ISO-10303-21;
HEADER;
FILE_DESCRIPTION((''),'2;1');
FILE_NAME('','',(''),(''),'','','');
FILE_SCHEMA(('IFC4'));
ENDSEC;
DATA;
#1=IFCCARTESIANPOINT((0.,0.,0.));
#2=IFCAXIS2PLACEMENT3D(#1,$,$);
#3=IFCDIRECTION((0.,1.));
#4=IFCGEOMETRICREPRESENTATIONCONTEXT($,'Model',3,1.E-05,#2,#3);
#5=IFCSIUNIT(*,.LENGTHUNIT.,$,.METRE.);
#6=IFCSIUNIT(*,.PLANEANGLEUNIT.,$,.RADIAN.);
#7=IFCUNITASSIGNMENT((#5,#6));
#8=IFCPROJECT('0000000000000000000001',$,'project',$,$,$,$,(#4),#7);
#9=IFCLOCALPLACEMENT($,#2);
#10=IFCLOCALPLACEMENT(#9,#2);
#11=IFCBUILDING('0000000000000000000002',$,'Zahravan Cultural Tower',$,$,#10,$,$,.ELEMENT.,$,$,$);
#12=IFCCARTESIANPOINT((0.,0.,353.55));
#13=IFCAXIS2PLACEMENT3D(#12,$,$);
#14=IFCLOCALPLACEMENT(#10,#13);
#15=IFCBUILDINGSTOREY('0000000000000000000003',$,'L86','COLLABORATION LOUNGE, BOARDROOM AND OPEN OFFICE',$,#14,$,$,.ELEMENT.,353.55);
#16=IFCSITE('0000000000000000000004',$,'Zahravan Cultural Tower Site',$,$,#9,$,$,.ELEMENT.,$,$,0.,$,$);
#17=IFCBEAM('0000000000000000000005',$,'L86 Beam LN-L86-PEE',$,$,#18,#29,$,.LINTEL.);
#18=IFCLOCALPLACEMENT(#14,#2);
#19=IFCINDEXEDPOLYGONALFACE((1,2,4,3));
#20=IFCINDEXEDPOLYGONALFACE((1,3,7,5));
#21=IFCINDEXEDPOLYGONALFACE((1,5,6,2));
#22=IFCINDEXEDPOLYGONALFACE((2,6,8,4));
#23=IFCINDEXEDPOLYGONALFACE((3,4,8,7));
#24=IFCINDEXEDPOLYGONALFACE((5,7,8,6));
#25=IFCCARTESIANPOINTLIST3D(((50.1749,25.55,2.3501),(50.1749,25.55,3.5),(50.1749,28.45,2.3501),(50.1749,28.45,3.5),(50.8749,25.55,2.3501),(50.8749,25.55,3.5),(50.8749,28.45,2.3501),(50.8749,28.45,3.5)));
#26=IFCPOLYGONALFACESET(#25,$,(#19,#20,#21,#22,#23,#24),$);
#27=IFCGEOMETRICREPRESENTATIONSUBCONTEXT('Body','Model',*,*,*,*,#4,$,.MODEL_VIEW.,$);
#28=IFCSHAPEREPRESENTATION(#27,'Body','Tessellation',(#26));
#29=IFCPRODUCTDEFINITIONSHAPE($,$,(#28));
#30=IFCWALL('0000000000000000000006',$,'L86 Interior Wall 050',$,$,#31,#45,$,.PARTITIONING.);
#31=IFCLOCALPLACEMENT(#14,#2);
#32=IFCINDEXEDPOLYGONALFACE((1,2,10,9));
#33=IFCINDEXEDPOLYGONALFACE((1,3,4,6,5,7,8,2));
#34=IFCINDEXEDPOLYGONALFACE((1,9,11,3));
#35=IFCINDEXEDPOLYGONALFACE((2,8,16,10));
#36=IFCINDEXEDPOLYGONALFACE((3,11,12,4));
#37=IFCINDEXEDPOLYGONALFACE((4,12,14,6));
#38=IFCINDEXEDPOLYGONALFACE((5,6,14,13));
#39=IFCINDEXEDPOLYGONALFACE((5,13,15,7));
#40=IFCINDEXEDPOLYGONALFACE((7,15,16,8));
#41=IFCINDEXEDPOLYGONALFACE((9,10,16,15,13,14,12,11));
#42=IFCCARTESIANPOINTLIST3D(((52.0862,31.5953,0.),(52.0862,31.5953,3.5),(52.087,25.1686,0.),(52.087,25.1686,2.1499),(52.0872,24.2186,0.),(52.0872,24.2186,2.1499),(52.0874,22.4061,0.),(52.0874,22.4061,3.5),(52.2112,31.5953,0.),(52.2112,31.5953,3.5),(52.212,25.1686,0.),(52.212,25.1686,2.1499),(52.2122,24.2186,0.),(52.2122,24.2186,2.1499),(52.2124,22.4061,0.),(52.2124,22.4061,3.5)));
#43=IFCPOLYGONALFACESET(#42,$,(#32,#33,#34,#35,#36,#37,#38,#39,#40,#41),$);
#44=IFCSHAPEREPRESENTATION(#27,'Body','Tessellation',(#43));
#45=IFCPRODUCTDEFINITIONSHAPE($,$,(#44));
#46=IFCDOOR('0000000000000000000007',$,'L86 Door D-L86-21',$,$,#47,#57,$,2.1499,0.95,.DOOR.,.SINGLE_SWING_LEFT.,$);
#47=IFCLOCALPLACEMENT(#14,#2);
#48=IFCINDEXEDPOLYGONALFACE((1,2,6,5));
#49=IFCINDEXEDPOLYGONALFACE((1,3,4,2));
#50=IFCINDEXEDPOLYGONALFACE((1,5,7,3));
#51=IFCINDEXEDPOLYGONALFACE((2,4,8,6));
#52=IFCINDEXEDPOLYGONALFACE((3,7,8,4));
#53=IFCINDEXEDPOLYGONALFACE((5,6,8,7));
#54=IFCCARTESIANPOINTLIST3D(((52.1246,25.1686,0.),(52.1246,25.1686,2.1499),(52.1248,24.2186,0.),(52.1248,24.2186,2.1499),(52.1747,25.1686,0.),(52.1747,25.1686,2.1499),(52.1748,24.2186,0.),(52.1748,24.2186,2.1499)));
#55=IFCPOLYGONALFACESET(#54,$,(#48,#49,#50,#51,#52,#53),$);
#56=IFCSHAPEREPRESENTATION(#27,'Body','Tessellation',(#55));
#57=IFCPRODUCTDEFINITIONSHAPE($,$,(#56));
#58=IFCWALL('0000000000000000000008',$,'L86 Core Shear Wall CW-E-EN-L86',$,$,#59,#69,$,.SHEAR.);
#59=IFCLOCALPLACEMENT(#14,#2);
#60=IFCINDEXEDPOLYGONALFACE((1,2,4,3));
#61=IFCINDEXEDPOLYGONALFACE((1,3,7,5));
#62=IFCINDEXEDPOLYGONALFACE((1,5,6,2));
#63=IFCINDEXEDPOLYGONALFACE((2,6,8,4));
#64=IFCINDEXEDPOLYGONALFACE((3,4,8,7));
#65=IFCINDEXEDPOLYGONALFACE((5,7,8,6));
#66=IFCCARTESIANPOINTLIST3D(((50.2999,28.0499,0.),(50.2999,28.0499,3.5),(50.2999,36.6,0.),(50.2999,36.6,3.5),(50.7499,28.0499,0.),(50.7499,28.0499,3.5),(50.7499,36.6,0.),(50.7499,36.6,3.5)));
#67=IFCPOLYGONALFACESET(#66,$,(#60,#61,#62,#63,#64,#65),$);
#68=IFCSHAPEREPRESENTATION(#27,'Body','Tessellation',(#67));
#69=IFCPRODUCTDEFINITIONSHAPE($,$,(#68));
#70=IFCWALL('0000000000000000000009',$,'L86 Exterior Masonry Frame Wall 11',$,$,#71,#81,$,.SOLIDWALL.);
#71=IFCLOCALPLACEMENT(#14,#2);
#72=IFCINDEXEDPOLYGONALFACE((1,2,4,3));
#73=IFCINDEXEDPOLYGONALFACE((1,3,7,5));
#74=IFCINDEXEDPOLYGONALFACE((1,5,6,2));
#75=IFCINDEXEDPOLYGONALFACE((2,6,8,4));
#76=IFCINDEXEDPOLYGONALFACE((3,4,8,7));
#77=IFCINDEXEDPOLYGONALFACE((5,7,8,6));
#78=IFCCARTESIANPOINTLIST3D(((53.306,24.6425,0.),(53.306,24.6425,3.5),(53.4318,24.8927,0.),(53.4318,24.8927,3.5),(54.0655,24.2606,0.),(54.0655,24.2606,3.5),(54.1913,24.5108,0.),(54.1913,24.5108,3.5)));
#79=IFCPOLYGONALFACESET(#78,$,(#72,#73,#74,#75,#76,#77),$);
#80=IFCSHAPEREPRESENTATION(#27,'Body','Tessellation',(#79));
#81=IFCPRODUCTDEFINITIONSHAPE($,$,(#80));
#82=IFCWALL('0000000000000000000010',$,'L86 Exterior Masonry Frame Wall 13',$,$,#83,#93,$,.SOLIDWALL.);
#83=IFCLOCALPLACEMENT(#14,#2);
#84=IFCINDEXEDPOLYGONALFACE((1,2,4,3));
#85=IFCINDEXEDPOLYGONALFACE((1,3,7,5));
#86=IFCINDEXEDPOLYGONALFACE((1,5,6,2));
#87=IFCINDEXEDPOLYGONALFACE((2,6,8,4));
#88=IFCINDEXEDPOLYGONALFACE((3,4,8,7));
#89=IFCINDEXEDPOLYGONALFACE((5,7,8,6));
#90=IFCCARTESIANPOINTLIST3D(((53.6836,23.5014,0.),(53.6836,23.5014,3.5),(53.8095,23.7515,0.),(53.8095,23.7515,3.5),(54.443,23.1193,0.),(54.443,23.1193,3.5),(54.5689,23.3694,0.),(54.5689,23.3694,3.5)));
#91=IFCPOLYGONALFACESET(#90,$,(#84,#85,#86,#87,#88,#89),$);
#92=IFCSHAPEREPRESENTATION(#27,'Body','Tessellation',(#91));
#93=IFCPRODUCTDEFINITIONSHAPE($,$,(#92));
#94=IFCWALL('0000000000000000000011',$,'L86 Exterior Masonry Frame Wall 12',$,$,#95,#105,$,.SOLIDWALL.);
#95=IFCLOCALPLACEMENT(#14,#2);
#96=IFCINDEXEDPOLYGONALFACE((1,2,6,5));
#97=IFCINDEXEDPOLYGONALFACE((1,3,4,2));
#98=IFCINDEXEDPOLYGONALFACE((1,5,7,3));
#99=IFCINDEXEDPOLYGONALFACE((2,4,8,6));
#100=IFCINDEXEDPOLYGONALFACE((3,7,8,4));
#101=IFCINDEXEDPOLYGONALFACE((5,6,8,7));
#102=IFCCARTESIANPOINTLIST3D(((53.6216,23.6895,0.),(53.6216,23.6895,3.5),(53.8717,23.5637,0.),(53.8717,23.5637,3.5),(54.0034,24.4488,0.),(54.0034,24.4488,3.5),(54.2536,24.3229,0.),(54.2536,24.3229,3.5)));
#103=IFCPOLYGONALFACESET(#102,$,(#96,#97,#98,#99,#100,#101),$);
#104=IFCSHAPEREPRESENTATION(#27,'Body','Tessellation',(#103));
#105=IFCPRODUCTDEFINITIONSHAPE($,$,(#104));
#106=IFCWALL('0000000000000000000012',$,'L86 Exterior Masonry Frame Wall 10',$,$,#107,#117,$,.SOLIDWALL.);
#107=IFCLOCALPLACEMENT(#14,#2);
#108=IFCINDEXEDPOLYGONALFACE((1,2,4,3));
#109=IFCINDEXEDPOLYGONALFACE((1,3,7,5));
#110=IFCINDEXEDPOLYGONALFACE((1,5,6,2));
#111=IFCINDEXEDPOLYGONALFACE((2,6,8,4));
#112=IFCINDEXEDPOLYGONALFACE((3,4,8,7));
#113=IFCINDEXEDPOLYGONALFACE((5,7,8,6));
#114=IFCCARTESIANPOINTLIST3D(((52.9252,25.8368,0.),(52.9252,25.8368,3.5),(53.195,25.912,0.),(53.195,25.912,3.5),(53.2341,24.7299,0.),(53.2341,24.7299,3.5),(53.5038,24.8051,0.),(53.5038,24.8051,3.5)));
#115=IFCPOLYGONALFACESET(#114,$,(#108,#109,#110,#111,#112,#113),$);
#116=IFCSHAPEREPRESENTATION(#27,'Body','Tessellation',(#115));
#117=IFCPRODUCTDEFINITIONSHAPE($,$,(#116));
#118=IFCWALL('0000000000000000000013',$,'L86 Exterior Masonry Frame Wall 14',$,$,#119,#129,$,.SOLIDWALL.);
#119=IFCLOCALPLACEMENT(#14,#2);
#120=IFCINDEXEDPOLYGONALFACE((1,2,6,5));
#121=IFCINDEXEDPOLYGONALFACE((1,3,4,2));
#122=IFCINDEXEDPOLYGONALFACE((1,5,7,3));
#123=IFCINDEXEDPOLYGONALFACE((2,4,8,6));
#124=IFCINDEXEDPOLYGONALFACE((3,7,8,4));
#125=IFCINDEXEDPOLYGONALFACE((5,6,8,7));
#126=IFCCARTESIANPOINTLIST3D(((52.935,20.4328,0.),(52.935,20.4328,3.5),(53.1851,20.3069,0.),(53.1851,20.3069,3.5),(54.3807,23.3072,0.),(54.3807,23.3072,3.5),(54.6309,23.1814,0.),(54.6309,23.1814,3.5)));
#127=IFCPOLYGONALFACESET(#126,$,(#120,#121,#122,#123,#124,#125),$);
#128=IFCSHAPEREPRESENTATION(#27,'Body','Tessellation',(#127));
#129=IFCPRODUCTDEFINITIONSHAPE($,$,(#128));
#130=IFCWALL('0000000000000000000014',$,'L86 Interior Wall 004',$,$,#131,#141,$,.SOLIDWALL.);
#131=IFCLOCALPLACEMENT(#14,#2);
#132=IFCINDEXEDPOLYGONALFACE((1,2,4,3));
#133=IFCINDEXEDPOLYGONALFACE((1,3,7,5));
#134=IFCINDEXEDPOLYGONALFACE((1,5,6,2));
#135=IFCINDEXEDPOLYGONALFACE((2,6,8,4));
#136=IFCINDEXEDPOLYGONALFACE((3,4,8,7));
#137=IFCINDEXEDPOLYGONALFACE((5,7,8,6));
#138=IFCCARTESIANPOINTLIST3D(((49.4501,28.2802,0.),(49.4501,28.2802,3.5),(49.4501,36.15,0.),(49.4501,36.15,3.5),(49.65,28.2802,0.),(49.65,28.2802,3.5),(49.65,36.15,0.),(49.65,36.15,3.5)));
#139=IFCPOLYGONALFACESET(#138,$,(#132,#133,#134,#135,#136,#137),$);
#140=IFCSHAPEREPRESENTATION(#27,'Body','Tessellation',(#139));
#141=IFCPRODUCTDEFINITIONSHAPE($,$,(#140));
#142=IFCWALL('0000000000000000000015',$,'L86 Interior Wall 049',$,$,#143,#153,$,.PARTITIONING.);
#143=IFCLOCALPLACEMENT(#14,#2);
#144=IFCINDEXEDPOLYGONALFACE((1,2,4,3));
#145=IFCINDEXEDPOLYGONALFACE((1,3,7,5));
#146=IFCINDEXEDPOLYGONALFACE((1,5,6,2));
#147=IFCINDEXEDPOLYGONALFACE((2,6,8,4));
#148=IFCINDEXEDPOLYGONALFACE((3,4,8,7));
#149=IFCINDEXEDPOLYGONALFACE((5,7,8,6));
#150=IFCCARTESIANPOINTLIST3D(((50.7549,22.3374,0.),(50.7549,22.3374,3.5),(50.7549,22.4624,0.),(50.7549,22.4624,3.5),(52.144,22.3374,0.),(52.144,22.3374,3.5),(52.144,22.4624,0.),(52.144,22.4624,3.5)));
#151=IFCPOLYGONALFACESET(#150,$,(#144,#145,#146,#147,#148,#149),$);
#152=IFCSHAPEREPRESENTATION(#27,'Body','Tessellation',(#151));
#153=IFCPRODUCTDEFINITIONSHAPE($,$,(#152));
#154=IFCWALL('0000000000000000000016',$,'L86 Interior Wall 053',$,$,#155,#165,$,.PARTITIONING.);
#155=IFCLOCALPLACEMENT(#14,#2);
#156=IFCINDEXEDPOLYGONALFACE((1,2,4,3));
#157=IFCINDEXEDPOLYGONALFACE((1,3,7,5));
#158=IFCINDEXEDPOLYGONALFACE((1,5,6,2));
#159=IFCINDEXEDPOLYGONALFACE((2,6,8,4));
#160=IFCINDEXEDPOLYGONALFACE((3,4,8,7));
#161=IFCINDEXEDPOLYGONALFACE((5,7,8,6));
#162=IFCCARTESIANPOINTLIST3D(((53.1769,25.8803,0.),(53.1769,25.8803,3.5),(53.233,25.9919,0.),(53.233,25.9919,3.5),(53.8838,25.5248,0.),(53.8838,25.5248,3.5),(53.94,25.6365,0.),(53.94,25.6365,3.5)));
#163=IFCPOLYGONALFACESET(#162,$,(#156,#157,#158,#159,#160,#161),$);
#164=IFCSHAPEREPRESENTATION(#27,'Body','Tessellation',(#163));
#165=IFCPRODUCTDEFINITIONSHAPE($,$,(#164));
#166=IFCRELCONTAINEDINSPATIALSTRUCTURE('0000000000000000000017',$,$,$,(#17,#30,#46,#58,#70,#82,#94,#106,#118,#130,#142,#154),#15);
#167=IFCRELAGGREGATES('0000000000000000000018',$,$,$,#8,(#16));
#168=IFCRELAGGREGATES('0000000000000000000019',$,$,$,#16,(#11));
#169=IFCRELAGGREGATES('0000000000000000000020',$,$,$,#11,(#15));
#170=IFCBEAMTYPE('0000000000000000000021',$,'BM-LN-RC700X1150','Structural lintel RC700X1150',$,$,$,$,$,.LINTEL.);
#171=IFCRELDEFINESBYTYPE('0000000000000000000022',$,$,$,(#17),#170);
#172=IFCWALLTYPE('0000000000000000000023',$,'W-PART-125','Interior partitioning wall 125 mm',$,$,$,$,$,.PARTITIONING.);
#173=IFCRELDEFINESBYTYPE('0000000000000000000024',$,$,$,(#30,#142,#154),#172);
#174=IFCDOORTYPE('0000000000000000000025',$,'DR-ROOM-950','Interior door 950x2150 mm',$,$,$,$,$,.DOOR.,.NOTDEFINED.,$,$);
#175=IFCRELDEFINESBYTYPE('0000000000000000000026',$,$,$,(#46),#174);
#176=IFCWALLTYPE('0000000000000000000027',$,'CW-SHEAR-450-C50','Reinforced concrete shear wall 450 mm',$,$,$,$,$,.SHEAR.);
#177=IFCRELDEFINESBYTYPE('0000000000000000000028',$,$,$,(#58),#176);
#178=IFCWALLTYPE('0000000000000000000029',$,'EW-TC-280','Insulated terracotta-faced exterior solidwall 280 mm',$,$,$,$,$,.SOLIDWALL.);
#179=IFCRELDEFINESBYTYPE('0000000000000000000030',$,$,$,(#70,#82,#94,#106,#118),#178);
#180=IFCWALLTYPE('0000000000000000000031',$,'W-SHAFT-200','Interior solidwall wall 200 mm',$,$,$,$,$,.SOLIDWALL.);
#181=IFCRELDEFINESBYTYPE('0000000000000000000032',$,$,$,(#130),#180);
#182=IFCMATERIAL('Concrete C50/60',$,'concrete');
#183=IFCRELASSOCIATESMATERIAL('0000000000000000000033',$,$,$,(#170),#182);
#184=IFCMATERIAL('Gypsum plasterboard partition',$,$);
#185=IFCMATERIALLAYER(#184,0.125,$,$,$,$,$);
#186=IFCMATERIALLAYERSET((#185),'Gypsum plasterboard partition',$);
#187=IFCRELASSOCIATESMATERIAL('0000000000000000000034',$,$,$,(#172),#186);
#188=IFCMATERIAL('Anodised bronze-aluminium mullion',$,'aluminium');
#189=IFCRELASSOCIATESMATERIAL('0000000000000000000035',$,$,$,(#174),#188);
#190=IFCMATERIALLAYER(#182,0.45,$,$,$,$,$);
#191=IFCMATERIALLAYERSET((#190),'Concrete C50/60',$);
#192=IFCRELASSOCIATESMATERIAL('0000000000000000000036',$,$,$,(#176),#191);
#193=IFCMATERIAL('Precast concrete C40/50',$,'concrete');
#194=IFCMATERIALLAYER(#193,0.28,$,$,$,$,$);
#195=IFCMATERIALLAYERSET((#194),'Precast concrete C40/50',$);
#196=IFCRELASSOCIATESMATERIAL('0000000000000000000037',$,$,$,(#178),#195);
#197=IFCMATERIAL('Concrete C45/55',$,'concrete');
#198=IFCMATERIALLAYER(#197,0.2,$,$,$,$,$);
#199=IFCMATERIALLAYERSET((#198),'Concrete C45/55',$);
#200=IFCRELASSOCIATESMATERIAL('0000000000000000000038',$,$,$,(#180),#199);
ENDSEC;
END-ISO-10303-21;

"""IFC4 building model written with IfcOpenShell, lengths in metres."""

from ifc_helpers import new_model, si_unit, direction, frame, frame_2d, origin, origin_2d, place, context, subcontext, project, spatial, rectangle, extrude, source, transform, mapped, material, layer, layer_set, material_profile, profile_set, type_object, element, fill, save


model = new_model("IFC4")

# Units and contexts
model_context = context("Model", 3, precision=1e-05, world=origin(), true_north=direction((0.0, 1.0)))
body_context = subcontext(model_context, "Body", "Model", "MODEL_VIEW")
ifc_project = project(units=[si_unit("LENGTHUNIT", "METRE"), si_unit("PLANEANGLEUNIT", "RADIAN")], contexts=[model_context])

# Site, building, storey
site_placement = place(None, origin())
site = spatial("IfcSite", under=ifc_project, at=site_placement, Name="Zahravan Cultural Tower Site", CompositionType="ELEMENT", RefElevation=0.0)
building_placement = place(site_placement, origin())
building = spatial("IfcBuilding", under=site, at=building_placement, Name="Zahravan Cultural Tower", CompositionType="ELEMENT")
storey_placement = place(building_placement, frame((0.0, 0.0, 353.55)))
storey = spatial("IfcBuildingStorey", under=building, at=storey_placement, Name="L86", Description="COLLABORATION LOUNGE, BOARDROOM AND OPEN OFFICE", CompositionType="ELEMENT", Elevation=353.55)

# Beam
ifc_material_1 = material(Name="Concrete C50/60", Category="concrete")
ifc_material_profile = material_profile(ifc_material_1, rectangle(XDim=0.7, YDim=1.1499, at=origin_2d()), Name="RC700X1150")
ifc_profile_set = profile_set([ifc_material_profile], Name="Concrete C50/60")
beam_type = type_object("IfcBeamType", Name="BM-LN-RC700X1150", Description="Structural lintel RC700X1150", PredefinedType="LINTEL", material=ifc_profile_set)
shared_shape_1 = source(origin(), body_context, "Body", "SweptSolid", [
    extrude(rectangle(XDim=0.7, YDim=1.1499, at=origin_2d()), origin(), (0.0, 0.0, 1.0), 2.8999),
])
beam_placement = place(storey_placement, frame((50.5249, 25.55, 2.925), z_axis=(0.0, 1.0, 0.0), x_axis=(-1.0, 0.0, 0.0)))
element("IfcBeam", 1, at=beam_placement, inside=storey, type_object=beam_type, Name="L86 Beam LN-L86-PEE", PredefinedType="LINTEL", context=body_context, shape_type="MappedRepresentation", body=[
    mapped(shared_shape_1, transform((0.0, 0.0, 0.0), x_axis=(1.0, 0.0, 0.0), y_axis=(0.0, 1.0, 0.0), z_axis=(0.0, 0.0, 1.0), scale=1.0)),
])

# Wall, opening, door
ifc_material_2 = material(Name="Gypsum plasterboard partition")
ifc_layer_1 = layer(ifc_material_2, 0.125)
ifc_layer_set_1 = layer_set([ifc_layer_1], Name="Gypsum plasterboard partition")
wall_type_1 = type_object("IfcWallType", Name="W-PART-125", Description="Interior partitioning wall 125 mm", PredefinedType="PARTITIONING", material=ifc_layer_set_1)
wall_1_placement = place(storey_placement, frame((52.1499, 22.406, 0.0), z_axis=(0.0, 0.0, 1.0), x_axis=(-0.000133, 1.0, 0.0)))
wall_1 = element("IfcWall", 2, at=wall_1_placement, inside=storey, type_object=wall_type_1, Name="L86 Interior Wall 050", PredefinedType="PARTITIONING", context=body_context, shape_type="SweptSolid", body=[
    extrude(rectangle(XDim=9.1892, YDim=0.125, at=frame_2d((4.5947, 0.0))), origin(), (0.0, 0.0, 1.0), 3.5),
])
opening_placement = place(wall_1_placement, frame((1.8125, 0.0, 0.0)))
opening = element("IfcOpeningElement", 3, at=opening_placement, cuts=wall_1, PredefinedType="OPENING", context=body_context, shape_type="SweptSolid", body=[
    extrude(rectangle(XDim=0.95, YDim=2.1499, at=frame_2d((0.4751, 1.075))), frame((0.0, 0.0725, 0.0), z_axis=(0.0, -1.0, 0.0), x_axis=(1.0, 0.0, 0.0)), (0.0, 0.0, 1.0), 0.145),
])
ifc_material_3 = material(Name="Anodised bronze-aluminium mullion", Category="aluminium")
door_type = type_object("IfcDoorType", Name="DR-ROOM-950", Description="Interior door 950x2150 mm", OperationType="NOTDEFINED", PredefinedType="DOOR", material=ifc_material_3)
shared_shape_2 = source(origin(), body_context, "Body", "SweptSolid", [
    extrude(rectangle(XDim=0.95, YDim=2.1499, at=frame_2d((0.4751, 1.075))), frame((0.0, 0.0249, 0.0), z_axis=(0.0, -1.0, 0.0), x_axis=(1.0, 0.0, 0.0)), (0.0, 0.0, 1.0), 0.05),
])
door_placement = place(opening_placement, origin())
door = element("IfcDoor", 4, at=door_placement, inside=storey, type_object=door_type, Name="L86 Door D-L86-21", OperationType="SINGLE_SWING_LEFT", OverallHeight=2.1499, OverallWidth=0.95, PredefinedType="DOOR", context=body_context, shape_type="MappedRepresentation", body=[
    mapped(shared_shape_2, transform((0.0, 0.0, 0.0), x_axis=(1.0, 0.0, 0.0), y_axis=(0.0, 1.0, 0.0), z_axis=(0.0, 0.0, 1.0), scale=1.0)),
])
fill(opening, door)

# Walls
ifc_layer_2 = layer(ifc_material_1, 0.45)
ifc_layer_set_2 = layer_set([ifc_layer_2], Name="Concrete C50/60")
wall_type_2 = type_object("IfcWallType", Name="CW-SHEAR-450-C50", Description="Reinforced concrete shear wall 450 mm", PredefinedType="SHEAR", material=ifc_layer_set_2)
shared_shape_3 = source(origin(), body_context, "Body", "SweptSolid", [
    extrude(rectangle(XDim=8.55, YDim=0.45, at=frame_2d((4.2749, 0.0))), origin(), (0.0, 0.0, 1.0), 3.5),
])
wall_2_placement = place(storey_placement, frame((50.5249, 28.05, 0.0), z_axis=(0.0, 0.0, 1.0), x_axis=(0.0, 1.0, 0.0)))
element("IfcWall", 5, at=wall_2_placement, inside=storey, type_object=wall_type_2, Name="L86 Core Shear Wall CW-E-EN-L86", PredefinedType="SHEAR", context=body_context, shape_type="MappedRepresentation", body=[
    mapped(shared_shape_3, transform((0.0, 0.0, 0.0), x_axis=(1.0, 0.0, 0.0), y_axis=(0.0, 1.0, 0.0), z_axis=(0.0, 0.0, 1.0), scale=1.0)),
])
ifc_material_4 = material(Name="Precast concrete C40/50", Category="concrete")
ifc_layer_3 = layer(ifc_material_4, 0.28)
ifc_layer_set_3 = layer_set([ifc_layer_3], Name="Precast concrete C40/50")
wall_type_3 = type_object("IfcWallType", Name="EW-TC-280", Description="Insulated terracotta-faced exterior solidwall 280 mm", PredefinedType="SOLIDWALL", material=ifc_layer_set_3)
shared_shape_4 = source(origin(), body_context, "Body", "SweptSolid", [
    extrude(rectangle(XDim=0.8501, YDim=0.28, at=frame_2d((0.425, 0.0))), origin(), (0.0, 0.0, 1.0), 3.5),
])
for number, where, z_axis, x_axis, name in (
    (6, (53.3689, 24.7676, 0.0), (0.0, 0.0, 1.0), (0.893449, -0.449165, 0.0), "L86 Exterior Masonry Frame Wall 11"),
    (7, (53.7466, 23.6265, 0.0), (0.0, 0.0, 1.0), (0.893275, -0.44951, 0.0), "L86 Exterior Masonry Frame Wall 13"),
):
    element("IfcWall", number, at=place(storey_placement, frame(where, z_axis=z_axis, x_axis=x_axis)), inside=storey, type_object=wall_type_3, Name=name, PredefinedType="SOLIDWALL", context=body_context, shape_type="MappedRepresentation", body=[
        mapped(shared_shape_4, transform((0.0, 0.0, 0.0), x_axis=(1.0, 0.0, 0.0), y_axis=(0.0, 1.0, 0.0), z_axis=(0.0, 0.0, 1.0), scale=1.0)),
    ])
shared_shape_5 = source(origin(), body_context, "Body", "SweptSolid", [
    extrude(rectangle(XDim=0.8499, YDim=0.28, at=frame_2d((0.4248, 0.0))), origin(), (0.0, 0.0, 1.0), 3.5),
])
wall_3_placement = place(storey_placement, frame((54.1284, 24.3857, 0.0), z_axis=(0.0, 0.0, 1.0), x_axis=(-0.449281, -0.893391, 0.0)))
element("IfcWall", 8, at=wall_3_placement, inside=storey, type_object=wall_type_3, Name="L86 Exterior Masonry Frame Wall 12", PredefinedType="SOLIDWALL", context=body_context, shape_type="MappedRepresentation", body=[
    mapped(shared_shape_5, transform((0.0, 0.0, 0.0), x_axis=(1.0, 0.0, 0.0), y_axis=(0.0, 1.0, 0.0), z_axis=(0.0, 0.0, 1.0), scale=1.0)),
])
shared_shape_6 = source(origin(), body_context, "Body", "SweptSolid", [
    extrude(rectangle(XDim=1.1492, YDim=0.28, at=frame_2d((0.5747, 0.0))), origin(), (0.0, 0.0, 1.0), 3.5),
])
wall_4_placement = place(storey_placement, frame((53.0601, 25.8745, 0.0), z_axis=(0.0, 0.0, 1.0), x_axis=(0.268739, -0.963213, 0.0)))
element("IfcWall", 9, at=wall_4_placement, inside=storey, type_object=wall_type_3, Name="L86 Exterior Masonry Frame Wall 10", PredefinedType="SOLIDWALL", context=body_context, shape_type="MappedRepresentation", body=[
    mapped(shared_shape_6, transform((0.0, 0.0, 0.0), x_axis=(1.0, 0.0, 0.0), y_axis=(0.0, 1.0, 0.0), z_axis=(0.0, 0.0, 1.0), scale=1.0)),
])
shared_shape_7 = source(origin(), body_context, "Body", "SweptSolid", [
    extrude(rectangle(XDim=3.2175, YDim=0.28, at=frame_2d((1.6089, 0.0))), origin(), (0.0, 0.0, 1.0), 3.5),
])
wall_5_placement = place(storey_placement, frame((54.5059, 23.2444, 0.0), z_axis=(0.0, 0.0, 1.0), x_axis=(-0.449337, -0.893362, 0.0)))
element("IfcWall", 10, at=wall_5_placement, inside=storey, type_object=wall_type_3, Name="L86 Exterior Masonry Frame Wall 14", PredefinedType="SOLIDWALL", context=body_context, shape_type="MappedRepresentation", body=[
    mapped(shared_shape_7, transform((0.0, 0.0, 0.0), x_axis=(1.0, 0.0, 0.0), y_axis=(0.0, 1.0, 0.0), z_axis=(0.0, 0.0, 1.0), scale=1.0)),
])
ifc_material_5 = material(Name="Concrete C45/55", Category="concrete")
ifc_layer_4 = layer(ifc_material_5, 0.2)
ifc_layer_set_4 = layer_set([ifc_layer_4], Name="Concrete C45/55")
wall_type_4 = type_object("IfcWallType", Name="W-SHAFT-200", Description="Interior solidwall wall 200 mm", PredefinedType="SOLIDWALL", material=ifc_layer_set_4)
shared_shape_8 = source(origin(), body_context, "Body", "SweptSolid", [
    extrude(rectangle(XDim=7.8699, YDim=0.2, at=frame_2d((3.9351, 0.0))), origin(), (0.0, 0.0, 1.0), 3.5),
])
wall_6_placement = place(storey_placement, frame((49.55, 28.28, 0.0), z_axis=(0.0, 0.0, 1.0), x_axis=(0.0, 1.0, 0.0)))
element("IfcWall", 11, at=wall_6_placement, inside=storey, type_object=wall_type_4, Name="L86 Interior Wall 004", PredefinedType="SOLIDWALL", context=body_context, shape_type="MappedRepresentation", body=[
    mapped(shared_shape_8, transform((0.0, 0.0, 0.0), x_axis=(1.0, 0.0, 0.0), y_axis=(0.0, 1.0, 0.0), z_axis=(0.0, 0.0, 1.0), scale=1.0)),
])
shared_shape_9 = source(origin(), body_context, "Body", "SweptSolid", [
    extrude(rectangle(XDim=1.3892, YDim=0.125, at=frame_2d((0.6946, 0.0))), origin(), (0.0, 0.0, 1.0), 3.5),
])
wall_7_placement = place(storey_placement, frame((50.7549, 22.3999, 0.0), z_axis=(0.0, 0.0, 1.0), x_axis=(1.0, 0.0, 0.0)))
element("IfcWall", 12, at=wall_7_placement, inside=storey, type_object=wall_type_1, Name="L86 Interior Wall 049", PredefinedType="PARTITIONING", context=body_context, shape_type="MappedRepresentation", body=[
    mapped(shared_shape_9, transform((0.0, 0.0, 0.0), x_axis=(1.0, 0.0, 0.0), y_axis=(0.0, 1.0, 0.0), z_axis=(0.0, 0.0, 1.0), scale=1.0)),
])
shared_shape_10 = source(origin(), body_context, "Body", "SweptSolid", [
    extrude(rectangle(XDim=0.7913, YDim=0.125, at=frame_2d((0.3955, 0.0))), origin(), (0.0, 0.0, 1.0), 3.5),
])
wall_8_placement = place(storey_placement, frame((53.2051, 25.936, 0.0), z_axis=(0.0, 0.0, 1.0), x_axis=(0.893438, -0.449187, 0.0)))
element("IfcWall", 13, at=wall_8_placement, inside=storey, type_object=wall_type_1, Name="L86 Interior Wall 053", PredefinedType="PARTITIONING", context=body_context, shape_type="MappedRepresentation", body=[
    mapped(shared_shape_10, transform((0.0, 0.0, 0.0), x_axis=(1.0, 0.0, 0.0), y_axis=(0.0, 1.0, 0.0), z_axis=(0.0, 0.0, 1.0), scale=1.0)),
])

save(model, "model.ifc")
